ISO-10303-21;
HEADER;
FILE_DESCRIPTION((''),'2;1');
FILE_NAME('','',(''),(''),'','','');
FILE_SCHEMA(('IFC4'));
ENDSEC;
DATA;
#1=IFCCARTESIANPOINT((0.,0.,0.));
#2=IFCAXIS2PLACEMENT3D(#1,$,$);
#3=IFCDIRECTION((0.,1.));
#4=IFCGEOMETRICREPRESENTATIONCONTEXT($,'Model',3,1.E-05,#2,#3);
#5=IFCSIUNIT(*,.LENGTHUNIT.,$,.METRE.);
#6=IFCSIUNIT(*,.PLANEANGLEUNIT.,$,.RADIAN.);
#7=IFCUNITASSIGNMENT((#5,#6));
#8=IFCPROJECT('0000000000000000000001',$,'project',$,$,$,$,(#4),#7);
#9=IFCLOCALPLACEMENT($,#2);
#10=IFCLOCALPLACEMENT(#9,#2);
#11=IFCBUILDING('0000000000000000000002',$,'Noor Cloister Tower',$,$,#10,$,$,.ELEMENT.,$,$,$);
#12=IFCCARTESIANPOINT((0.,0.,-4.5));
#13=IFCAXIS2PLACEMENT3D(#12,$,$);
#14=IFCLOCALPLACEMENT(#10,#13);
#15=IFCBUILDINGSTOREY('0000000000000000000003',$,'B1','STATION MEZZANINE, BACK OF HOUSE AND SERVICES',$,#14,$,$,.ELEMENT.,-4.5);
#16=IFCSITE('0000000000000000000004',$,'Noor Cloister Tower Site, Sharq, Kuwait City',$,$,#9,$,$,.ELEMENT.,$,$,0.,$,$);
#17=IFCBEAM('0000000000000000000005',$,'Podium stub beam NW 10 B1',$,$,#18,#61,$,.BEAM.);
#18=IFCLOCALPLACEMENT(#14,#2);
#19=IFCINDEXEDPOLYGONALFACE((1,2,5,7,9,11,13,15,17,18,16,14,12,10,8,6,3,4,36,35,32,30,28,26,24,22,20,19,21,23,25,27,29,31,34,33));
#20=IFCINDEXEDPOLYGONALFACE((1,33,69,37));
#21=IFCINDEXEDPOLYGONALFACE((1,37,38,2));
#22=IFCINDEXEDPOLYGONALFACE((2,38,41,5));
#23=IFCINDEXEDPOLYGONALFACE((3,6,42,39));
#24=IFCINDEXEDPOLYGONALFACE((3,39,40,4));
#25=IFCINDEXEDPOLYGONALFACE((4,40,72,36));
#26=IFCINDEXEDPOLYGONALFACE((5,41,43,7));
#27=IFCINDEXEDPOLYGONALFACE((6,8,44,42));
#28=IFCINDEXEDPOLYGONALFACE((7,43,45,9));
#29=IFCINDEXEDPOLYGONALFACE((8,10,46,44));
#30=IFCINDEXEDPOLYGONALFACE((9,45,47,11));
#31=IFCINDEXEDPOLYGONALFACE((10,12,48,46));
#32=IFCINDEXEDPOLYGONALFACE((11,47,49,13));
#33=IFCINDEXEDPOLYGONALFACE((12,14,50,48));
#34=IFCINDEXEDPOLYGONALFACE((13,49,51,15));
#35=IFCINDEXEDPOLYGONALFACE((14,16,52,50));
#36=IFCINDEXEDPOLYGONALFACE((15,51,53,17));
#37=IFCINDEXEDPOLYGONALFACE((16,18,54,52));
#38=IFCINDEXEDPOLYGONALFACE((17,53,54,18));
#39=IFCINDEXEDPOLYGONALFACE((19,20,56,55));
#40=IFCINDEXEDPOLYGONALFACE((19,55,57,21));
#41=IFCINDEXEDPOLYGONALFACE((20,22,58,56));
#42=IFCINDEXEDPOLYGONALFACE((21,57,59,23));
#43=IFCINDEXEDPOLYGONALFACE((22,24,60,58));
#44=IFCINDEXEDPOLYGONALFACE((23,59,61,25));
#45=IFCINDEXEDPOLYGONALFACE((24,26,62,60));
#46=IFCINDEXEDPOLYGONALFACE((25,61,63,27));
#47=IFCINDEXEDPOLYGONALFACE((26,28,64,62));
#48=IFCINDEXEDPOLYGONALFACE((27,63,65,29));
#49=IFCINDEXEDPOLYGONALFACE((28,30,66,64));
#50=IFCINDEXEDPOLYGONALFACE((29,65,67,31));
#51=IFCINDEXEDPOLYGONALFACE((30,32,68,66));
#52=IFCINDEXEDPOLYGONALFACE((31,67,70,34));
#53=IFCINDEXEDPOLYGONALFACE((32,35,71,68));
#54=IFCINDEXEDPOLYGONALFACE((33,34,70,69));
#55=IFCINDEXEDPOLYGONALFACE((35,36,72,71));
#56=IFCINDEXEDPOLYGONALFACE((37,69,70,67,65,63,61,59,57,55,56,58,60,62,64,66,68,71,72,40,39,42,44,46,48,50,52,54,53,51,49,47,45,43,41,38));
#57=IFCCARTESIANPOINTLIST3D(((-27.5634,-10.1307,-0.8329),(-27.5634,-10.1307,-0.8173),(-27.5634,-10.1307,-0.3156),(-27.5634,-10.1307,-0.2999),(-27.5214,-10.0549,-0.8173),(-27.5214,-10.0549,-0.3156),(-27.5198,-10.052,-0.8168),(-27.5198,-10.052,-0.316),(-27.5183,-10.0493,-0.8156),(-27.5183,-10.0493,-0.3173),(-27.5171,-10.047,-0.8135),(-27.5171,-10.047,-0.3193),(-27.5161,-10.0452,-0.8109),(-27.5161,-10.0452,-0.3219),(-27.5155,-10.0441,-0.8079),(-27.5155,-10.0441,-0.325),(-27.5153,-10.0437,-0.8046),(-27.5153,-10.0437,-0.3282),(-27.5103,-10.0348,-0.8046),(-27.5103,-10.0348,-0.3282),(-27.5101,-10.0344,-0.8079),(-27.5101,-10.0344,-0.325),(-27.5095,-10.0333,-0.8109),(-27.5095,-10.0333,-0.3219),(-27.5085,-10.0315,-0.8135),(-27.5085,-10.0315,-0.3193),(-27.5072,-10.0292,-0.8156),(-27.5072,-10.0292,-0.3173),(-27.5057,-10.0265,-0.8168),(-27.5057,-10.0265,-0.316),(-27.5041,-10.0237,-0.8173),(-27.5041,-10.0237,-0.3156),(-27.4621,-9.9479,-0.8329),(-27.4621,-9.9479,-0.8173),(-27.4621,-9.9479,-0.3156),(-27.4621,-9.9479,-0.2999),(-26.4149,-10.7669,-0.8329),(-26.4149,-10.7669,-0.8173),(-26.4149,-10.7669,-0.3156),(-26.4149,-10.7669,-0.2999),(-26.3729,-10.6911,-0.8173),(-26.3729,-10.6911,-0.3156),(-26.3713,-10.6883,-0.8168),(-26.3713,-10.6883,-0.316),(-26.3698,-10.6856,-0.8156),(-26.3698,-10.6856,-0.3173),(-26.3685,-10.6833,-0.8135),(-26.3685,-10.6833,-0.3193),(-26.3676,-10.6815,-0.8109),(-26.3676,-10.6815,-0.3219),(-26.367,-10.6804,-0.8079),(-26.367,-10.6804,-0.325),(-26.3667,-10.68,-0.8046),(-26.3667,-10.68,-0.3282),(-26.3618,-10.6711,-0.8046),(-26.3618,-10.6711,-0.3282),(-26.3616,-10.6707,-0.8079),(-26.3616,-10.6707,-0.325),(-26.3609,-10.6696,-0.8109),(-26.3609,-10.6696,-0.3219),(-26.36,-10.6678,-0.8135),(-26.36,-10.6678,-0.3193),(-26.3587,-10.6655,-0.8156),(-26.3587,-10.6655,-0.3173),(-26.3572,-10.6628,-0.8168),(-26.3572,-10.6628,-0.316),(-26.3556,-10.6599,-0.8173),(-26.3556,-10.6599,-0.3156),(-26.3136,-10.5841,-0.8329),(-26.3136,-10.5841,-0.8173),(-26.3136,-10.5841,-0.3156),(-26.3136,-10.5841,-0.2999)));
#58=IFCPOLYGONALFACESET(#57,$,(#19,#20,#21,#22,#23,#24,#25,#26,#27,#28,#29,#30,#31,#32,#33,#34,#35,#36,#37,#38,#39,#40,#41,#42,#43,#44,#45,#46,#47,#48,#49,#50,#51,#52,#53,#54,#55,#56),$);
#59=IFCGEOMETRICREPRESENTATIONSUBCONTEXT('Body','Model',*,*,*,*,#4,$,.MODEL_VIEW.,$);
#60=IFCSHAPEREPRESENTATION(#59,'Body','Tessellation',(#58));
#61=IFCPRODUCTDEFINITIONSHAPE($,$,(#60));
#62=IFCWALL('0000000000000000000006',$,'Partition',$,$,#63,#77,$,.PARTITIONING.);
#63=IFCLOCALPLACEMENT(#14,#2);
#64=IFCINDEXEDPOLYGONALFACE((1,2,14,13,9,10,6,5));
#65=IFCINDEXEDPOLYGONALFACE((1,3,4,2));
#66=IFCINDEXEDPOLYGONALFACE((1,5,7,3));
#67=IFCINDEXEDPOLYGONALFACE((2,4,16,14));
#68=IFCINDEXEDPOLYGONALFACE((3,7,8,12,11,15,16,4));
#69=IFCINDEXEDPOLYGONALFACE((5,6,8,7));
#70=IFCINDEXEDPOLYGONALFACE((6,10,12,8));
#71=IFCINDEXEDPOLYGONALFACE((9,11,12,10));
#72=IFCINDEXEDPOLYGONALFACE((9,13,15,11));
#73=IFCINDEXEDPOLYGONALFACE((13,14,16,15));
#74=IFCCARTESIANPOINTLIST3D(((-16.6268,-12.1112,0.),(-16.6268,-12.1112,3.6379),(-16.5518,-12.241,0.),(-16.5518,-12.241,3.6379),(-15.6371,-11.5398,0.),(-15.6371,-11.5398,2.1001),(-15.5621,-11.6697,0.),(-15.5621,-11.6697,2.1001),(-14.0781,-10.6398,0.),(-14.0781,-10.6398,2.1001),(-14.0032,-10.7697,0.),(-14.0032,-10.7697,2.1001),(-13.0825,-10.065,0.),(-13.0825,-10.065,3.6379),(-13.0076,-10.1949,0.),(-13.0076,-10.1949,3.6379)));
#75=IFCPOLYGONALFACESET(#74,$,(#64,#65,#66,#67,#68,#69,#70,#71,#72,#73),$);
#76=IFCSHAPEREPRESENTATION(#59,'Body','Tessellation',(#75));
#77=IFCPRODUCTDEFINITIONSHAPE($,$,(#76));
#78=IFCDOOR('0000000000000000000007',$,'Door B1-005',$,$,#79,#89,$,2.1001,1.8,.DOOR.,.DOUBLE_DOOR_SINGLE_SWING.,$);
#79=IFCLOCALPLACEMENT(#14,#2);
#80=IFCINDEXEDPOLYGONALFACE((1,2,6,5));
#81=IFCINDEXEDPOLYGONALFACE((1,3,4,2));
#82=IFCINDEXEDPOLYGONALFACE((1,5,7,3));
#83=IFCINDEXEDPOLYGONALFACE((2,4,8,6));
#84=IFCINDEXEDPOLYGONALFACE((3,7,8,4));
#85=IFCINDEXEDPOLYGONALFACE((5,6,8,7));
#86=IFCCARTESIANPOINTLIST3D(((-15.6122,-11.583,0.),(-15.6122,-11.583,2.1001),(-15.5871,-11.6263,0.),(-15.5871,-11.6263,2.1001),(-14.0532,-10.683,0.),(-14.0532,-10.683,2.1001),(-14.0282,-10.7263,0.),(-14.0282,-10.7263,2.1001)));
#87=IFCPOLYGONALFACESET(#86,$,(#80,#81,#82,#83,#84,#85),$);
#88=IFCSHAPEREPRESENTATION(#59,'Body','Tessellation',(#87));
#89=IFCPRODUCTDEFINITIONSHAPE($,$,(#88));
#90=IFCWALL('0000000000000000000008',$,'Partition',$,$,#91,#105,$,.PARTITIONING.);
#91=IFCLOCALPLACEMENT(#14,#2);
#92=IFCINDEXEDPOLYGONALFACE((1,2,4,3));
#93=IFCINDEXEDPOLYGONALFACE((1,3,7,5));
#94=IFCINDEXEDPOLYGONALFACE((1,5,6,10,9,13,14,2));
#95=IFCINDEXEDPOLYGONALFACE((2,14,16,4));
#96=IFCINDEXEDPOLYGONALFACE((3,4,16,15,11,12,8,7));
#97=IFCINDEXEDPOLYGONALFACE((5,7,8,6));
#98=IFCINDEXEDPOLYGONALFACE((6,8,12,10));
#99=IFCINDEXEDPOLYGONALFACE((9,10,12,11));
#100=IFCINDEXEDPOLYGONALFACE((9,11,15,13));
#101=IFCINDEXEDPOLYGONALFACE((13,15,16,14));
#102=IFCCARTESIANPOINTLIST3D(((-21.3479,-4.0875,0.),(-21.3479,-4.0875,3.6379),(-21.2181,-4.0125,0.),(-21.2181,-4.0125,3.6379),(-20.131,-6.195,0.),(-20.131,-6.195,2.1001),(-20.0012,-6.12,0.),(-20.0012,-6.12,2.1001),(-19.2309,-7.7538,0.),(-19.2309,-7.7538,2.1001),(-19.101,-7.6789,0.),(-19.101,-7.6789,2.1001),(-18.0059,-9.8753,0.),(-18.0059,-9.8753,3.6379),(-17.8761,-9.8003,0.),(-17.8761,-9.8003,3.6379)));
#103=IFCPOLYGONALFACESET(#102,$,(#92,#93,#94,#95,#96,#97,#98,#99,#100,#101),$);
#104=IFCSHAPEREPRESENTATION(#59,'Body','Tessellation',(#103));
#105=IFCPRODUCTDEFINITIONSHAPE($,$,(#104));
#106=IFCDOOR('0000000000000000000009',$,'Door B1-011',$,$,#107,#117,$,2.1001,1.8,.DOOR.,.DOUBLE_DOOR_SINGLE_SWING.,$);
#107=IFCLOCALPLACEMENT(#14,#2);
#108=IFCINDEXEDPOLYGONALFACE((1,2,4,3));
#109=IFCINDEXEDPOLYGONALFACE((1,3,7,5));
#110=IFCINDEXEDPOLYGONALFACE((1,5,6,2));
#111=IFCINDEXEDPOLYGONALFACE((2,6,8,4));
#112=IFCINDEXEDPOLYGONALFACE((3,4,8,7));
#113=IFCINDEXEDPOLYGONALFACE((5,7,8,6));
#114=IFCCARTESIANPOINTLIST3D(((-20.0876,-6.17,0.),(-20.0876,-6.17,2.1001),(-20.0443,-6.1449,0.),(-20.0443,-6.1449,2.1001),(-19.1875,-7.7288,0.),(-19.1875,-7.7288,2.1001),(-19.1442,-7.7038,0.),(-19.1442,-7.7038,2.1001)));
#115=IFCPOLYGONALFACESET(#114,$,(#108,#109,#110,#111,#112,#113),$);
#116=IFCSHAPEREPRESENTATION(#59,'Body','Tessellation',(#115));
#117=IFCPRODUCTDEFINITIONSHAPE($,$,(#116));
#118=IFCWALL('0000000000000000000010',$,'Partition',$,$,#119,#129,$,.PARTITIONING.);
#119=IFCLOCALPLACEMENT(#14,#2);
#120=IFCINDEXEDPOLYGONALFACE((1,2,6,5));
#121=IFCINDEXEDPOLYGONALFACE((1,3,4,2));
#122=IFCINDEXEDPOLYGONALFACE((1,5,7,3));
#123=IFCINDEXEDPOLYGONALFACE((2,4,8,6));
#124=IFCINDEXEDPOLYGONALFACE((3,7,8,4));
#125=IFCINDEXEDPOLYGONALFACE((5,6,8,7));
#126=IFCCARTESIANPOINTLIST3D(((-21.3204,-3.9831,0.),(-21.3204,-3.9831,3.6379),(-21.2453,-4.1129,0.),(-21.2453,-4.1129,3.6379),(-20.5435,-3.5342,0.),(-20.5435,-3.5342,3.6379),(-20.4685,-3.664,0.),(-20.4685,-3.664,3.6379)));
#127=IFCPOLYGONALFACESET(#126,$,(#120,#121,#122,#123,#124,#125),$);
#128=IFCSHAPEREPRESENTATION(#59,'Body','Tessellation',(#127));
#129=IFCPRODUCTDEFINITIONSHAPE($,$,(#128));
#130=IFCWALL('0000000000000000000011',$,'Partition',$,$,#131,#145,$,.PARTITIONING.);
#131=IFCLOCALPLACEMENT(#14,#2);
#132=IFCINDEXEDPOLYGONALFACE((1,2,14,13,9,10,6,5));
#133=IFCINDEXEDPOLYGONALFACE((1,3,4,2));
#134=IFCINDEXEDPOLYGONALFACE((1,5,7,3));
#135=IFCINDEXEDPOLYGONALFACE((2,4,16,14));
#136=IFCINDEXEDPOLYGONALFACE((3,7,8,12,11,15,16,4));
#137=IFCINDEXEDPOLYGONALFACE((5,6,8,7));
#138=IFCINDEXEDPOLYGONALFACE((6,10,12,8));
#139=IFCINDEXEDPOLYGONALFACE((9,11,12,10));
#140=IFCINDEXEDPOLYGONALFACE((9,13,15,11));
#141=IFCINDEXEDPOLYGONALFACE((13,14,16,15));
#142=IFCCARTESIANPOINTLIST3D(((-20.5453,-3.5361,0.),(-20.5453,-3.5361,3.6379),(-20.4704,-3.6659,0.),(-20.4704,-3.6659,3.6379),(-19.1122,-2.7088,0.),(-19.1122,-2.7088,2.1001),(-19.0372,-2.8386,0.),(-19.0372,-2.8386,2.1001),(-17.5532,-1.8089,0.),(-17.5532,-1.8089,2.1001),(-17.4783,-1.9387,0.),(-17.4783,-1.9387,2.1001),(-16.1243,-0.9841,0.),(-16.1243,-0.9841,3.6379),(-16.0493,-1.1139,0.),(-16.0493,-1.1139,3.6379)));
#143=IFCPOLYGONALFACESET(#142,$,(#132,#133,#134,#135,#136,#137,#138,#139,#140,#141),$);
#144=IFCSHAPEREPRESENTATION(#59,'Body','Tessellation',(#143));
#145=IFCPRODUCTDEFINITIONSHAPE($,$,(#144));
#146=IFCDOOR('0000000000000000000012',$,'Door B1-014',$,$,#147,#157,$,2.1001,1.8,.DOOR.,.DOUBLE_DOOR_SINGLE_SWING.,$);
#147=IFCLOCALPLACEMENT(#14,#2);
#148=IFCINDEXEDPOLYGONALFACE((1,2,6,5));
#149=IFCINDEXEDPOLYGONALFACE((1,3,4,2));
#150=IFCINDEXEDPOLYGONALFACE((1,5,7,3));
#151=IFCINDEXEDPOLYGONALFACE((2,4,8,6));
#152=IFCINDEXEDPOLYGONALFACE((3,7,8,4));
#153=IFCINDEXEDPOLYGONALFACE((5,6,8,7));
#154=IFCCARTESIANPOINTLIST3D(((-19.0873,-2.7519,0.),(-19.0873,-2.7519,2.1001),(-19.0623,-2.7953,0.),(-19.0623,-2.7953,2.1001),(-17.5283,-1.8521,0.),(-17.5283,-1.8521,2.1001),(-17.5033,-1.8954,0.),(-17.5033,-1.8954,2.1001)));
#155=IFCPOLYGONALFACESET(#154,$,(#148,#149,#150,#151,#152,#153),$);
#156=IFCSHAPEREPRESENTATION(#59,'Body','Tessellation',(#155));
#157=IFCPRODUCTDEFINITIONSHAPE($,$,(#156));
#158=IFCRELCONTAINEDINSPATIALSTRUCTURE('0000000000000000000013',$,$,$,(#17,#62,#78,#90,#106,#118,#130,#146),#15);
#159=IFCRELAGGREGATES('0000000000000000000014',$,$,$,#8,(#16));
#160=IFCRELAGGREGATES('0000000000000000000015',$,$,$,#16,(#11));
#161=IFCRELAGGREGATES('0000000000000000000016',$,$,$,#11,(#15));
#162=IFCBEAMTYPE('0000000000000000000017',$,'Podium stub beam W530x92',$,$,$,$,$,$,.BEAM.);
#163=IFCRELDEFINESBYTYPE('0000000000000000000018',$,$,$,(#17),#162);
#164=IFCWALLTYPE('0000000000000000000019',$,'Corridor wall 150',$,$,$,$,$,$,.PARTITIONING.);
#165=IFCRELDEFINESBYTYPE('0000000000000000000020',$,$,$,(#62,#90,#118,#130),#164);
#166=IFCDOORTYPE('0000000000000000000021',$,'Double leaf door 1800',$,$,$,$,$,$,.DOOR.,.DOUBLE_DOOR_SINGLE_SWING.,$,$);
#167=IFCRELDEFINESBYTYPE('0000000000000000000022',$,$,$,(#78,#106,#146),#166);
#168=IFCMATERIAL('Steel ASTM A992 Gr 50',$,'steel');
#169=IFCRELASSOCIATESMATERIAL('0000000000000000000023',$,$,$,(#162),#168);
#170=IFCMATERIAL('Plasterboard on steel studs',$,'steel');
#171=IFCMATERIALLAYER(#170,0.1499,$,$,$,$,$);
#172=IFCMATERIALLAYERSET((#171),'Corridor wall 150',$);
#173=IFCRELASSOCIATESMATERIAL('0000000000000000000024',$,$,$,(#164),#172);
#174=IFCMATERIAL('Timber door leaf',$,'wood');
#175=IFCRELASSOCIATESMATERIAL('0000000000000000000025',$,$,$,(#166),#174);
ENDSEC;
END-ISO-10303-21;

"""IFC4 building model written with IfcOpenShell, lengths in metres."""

from ifc_helpers import new_model, si_unit, direction, frame, frame_2d, origin, origin_2d, place, context, subcontext, project, spatial, rectangle, i_section, extrude, material, layer, layer_set, material_profile, profile_set, type_object, element, fill, save


model = new_model("IFC4")

# Units and contexts
model_context = context("Model", 3, precision=1e-05, world=origin(), true_north=direction((0.0, 1.0)))
body_context = subcontext(model_context, "Body", "Model", "MODEL_VIEW")
ifc_project = project(units=[si_unit("LENGTHUNIT", "METRE"), si_unit("PLANEANGLEUNIT", "RADIAN")], contexts=[model_context])

# Site, building, storey
site_placement = place(None, origin())
site = spatial("IfcSite", under=ifc_project, at=site_placement, Name="Noor Cloister Tower Site, Sharq, Kuwait City", CompositionType="ELEMENT", RefElevation=0.0)
building_placement = place(site_placement, origin())
building = spatial("IfcBuilding", under=site, at=building_placement, Name="Noor Cloister Tower", CompositionType="ELEMENT")
storey_placement = place(building_placement, frame((0.0, 0.0, -4.5)))
storey = spatial("IfcBuildingStorey", under=building, at=storey_placement, Name="B1", Description="STATION MEZZANINE, BACK OF HOUSE AND SERVICES", CompositionType="ELEMENT", Elevation=-4.5)

# Beam
ifc_material_1 = material(Name="Steel ASTM A992 Gr 50", Category="steel")
ifc_material_profile_1 = material_profile(ifc_material_1, i_section(OverallWidth=0.209, OverallDepth=0.533, WebThickness=0.0103, FlangeThickness=0.0156, FilletRadius=0.0127, at=origin_2d()), Name="W530x92")
ifc_profile_set_1 = profile_set([ifc_material_profile_1], Name="Steel ASTM A992 Gr 50")
beam_type_1 = type_object("IfcBeamType", Name="Podium stub beam W530x92", PredefinedType="BEAM", material=ifc_profile_set_1)
beam_1_placement = place(storey_placement, frame((-26.3643, -10.6755, -0.5664), z_axis=(-0.874736, 0.484601, 0.0), x_axis=(-0.484601, -0.874736, 0.0)))
element("IfcBeam", 1, at=beam_1_placement, inside=storey, type_object=beam_type_1, Name="Podium stub beam NW 10 B1", PredefinedType="BEAM", context=body_context, shape_type="SweptSolid", body=[
    extrude(i_section(OverallWidth=0.209, OverallDepth=0.533, WebThickness=0.0103, FlangeThickness=0.0156, FilletRadius=0.0127, at=origin_2d()), origin(), (0.0, 0.0, 1.0), 1.313),
])

# Walls, openings, doors
ifc_material_2 = material(Name="Plasterboard on steel studs", Category="steel")
ifc_layer_1 = layer(ifc_material_2, 0.1499)
ifc_layer_set_1 = layer_set([ifc_layer_1], Name="Corridor wall 150")
wall_type_1 = type_object("IfcWallType", Name="Corridor wall 150", PredefinedType="PARTITIONING", material=ifc_layer_set_1)
wall_1_placement = place(storey_placement, frame((-13.0449, -10.1299, 0.0), z_axis=(0.0, 0.0, 1.0), x_axis=(-0.866036, -0.499982, 0.0)))
wall_1 = element("IfcWall", 2, at=wall_1_placement, inside=storey, type_object=wall_type_1, Name="Partition", PredefinedType="PARTITIONING", context=body_context, shape_type="SweptSolid", body=[
    extrude(rectangle(XDim=4.0925, YDim=0.1499, at=frame_2d((2.0464, 0.0))), origin(), (0.0, 0.0, 1.0), 3.6379),
])
opening_1_placement = place(wall_1_placement, frame((1.1499, 0.0, 0.0)))
opening_1 = element("IfcOpeningElement", 3, at=opening_1_placement, cuts=wall_1, PredefinedType="OPENING", context=body_context, shape_type="SweptSolid", body=[
    extrude(rectangle(XDim=1.8, YDim=2.1001, at=frame_2d((0.8999, 1.05))), frame((0.0, 0.085, 0.0), z_axis=(0.0, -1.0, 0.0), x_axis=(1.0, 0.0, 0.0)), (0.0, 0.0, 1.0), 0.1699),
])
ifc_material_3 = material(Name="Timber door leaf", Category="wood")
door_type_1 = type_object("IfcDoorType", Name="Double leaf door 1800", OperationType="DOUBLE_DOOR_SINGLE_SWING", PredefinedType="DOOR", material=ifc_material_3)
door_1_placement = place(opening_1_placement, origin())
door_1 = element("IfcDoor", 4, at=door_1_placement, inside=storey, type_object=door_type_1, Name="Door B1-005", OperationType="DOUBLE_DOOR_SINGLE_SWING", OverallHeight=2.1001, OverallWidth=1.8, PredefinedType="DOOR", context=body_context, shape_type="SweptSolid", body=[
    extrude(rectangle(XDim=1.8, YDim=2.1001, at=frame_2d((0.8999, 1.05))), frame((0.0, 0.0249, 0.0), z_axis=(0.0, -1.0, 0.0), x_axis=(1.0, 0.0, 0.0)), (0.0, 0.0, 1.0), 0.05),
])
fill(opening_1, door_1)
wall_2_placement = place(storey_placement, frame((-17.9409, -9.8379, 0.0), z_axis=(0.0, 0.0, 1.0), x_axis=(-0.500048, 0.865998, 0.0)))
wall_2 = element("IfcWall", 5, at=wall_2_placement, inside=storey, type_object=wall_type_1, Name="Partition", PredefinedType="PARTITIONING", context=body_context, shape_type="SweptSolid", body=[
    extrude(rectangle(XDim=6.6833, YDim=0.1499, at=frame_2d((3.3418, 0.0))), origin(), (0.0, 0.0, 1.0), 3.6379),
])
opening_2_placement = place(wall_2_placement, frame((2.45, 0.0, 0.0)))
opening_2 = element("IfcOpeningElement", 6, at=opening_2_placement, cuts=wall_2, PredefinedType="OPENING", context=body_context, shape_type="SweptSolid", body=[
    extrude(rectangle(XDim=1.8, YDim=2.1001, at=frame_2d((0.8999, 1.05))), frame((0.0, 0.085, 0.0), z_axis=(0.0, -1.0, 0.0), x_axis=(1.0, 0.0, 0.0)), (0.0, 0.0, 1.0), 0.1699),
])
door_2_placement = place(opening_2_placement, origin())
door_2 = element("IfcDoor", 7, at=door_2_placement, inside=storey, type_object=door_type_1, Name="Door B1-011", OperationType="DOUBLE_DOOR_SINGLE_SWING", OverallHeight=2.1001, OverallWidth=1.8, PredefinedType="DOOR", context=body_context, shape_type="SweptSolid", body=[
    extrude(rectangle(XDim=1.8, YDim=2.1001, at=frame_2d((0.8999, 1.05))), frame((0.0, 0.0249, 0.0), z_axis=(0.0, -1.0, 0.0), x_axis=(1.0, 0.0, 0.0)), (0.0, 0.0, 1.0), 0.05),
])
fill(opening_2, door_2)

# Wall
wall_3_placement = place(storey_placement, frame((-21.283, -4.0481, 0.0), z_axis=(0.0, 0.0, 1.0), x_axis=(0.865805, 0.500382, 0.0)))
element("IfcWall", 8, at=wall_3_placement, inside=storey, type_object=wall_type_1, Name="Partition", PredefinedType="PARTITIONING", context=body_context, shape_type="SweptSolid", body=[
    extrude(rectangle(XDim=0.8972, YDim=0.1499, at=frame_2d((0.4487, 0.0))), origin(), (0.0, 0.0, 1.0), 3.6379),
])

# Wall, opening, door
wall_4_placement = place(storey_placement, frame((-16.0869, -1.0491, 0.0), z_axis=(0.0, 0.0, 1.0), x_axis=(-0.866072, -0.49992, 0.0)))
wall_4 = element("IfcWall", 9, at=wall_4_placement, inside=storey, type_object=wall_type_1, Name="Partition", PredefinedType="PARTITIONING", context=body_context, shape_type="SweptSolid", body=[
    extrude(rectangle(XDim=5.1047, YDim=0.1499, at=frame_2d((2.5522, 0.0))), origin(), (0.0, 0.0, 1.0), 3.6379),
])
opening_3_placement = place(wall_4_placement, frame((1.6499, 0.0, 0.0)))
opening_3 = element("IfcOpeningElement", 10, at=opening_3_placement, cuts=wall_4, PredefinedType="OPENING", context=body_context, shape_type="SweptSolid", body=[
    extrude(rectangle(XDim=1.8, YDim=2.1001, at=frame_2d((0.8999, 1.05))), frame((0.0, 0.085, 0.0), z_axis=(0.0, -1.0, 0.0), x_axis=(1.0, 0.0, 0.0)), (0.0, 0.0, 1.0), 0.1699),
])
door_3_placement = place(opening_3_placement, origin())
door_3 = element("IfcDoor", 11, at=door_3_placement, inside=storey, type_object=door_type_1, Name="Door B1-014", OperationType="DOUBLE_DOOR_SINGLE_SWING", OverallHeight=2.1001, OverallWidth=1.8, PredefinedType="DOOR", context=body_context, shape_type="SweptSolid", body=[
    extrude(rectangle(XDim=1.8, YDim=2.1001, at=frame_2d((0.8999, 1.05))), frame((0.0, 0.0249, 0.0), z_axis=(0.0, -1.0, 0.0), x_axis=(1.0, 0.0, 0.0)), (0.0, 0.0, 1.0), 0.05),
])
fill(opening_3, door_3)

save(model, "model.ifc")
